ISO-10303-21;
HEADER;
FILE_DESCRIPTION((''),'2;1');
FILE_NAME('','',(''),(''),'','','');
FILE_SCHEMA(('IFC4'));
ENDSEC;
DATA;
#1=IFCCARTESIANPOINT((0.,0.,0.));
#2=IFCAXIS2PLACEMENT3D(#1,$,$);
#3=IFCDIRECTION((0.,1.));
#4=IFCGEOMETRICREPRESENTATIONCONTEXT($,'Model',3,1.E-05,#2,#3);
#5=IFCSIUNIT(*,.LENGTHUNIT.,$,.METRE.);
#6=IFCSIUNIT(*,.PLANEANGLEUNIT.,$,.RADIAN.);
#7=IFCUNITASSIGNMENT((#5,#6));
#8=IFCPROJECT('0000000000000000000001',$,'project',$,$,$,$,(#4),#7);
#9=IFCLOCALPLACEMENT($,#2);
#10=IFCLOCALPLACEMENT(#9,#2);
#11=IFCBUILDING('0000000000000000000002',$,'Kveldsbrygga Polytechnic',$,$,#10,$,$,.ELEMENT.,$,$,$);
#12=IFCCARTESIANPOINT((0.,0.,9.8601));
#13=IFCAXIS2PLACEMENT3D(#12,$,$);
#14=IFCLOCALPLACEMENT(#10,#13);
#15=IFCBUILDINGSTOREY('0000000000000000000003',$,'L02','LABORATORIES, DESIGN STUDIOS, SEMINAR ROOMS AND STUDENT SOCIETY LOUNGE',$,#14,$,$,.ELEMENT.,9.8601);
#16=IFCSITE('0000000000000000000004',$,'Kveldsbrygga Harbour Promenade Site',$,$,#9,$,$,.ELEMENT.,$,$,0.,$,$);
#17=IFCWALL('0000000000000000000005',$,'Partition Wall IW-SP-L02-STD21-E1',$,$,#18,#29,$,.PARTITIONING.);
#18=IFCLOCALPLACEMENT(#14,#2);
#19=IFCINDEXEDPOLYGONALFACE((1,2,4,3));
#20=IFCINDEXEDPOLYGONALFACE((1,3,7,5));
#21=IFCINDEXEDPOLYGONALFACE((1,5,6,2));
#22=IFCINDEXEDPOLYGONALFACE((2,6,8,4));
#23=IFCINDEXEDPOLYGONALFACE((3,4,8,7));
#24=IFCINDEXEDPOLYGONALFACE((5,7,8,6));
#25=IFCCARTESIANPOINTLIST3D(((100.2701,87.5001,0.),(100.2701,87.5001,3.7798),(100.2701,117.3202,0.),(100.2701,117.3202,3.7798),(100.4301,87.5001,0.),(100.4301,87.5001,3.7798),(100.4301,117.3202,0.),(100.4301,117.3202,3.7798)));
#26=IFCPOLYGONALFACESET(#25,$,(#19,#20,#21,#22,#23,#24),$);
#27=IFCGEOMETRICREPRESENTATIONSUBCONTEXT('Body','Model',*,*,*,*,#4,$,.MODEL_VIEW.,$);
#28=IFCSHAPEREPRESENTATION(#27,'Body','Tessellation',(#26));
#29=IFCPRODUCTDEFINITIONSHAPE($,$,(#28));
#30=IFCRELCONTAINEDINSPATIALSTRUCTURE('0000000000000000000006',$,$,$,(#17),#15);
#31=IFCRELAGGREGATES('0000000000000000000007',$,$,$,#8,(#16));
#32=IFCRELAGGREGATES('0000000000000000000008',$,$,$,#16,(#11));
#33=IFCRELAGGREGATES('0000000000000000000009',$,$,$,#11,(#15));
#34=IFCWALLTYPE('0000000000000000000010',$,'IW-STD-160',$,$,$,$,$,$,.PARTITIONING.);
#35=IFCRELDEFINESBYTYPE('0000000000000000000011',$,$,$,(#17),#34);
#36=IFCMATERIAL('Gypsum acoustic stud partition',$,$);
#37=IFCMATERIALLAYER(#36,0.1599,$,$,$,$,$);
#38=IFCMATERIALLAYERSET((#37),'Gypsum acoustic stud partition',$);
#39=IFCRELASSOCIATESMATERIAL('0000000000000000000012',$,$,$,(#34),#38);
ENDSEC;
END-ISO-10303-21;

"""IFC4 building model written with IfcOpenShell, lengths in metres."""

from ifc_helpers import new_model, si_unit, direction, frame, frame_2d, origin, place, context, subcontext, project, spatial, rectangle, extrude, material, layer, layer_set, type_object, element, save


model = new_model("IFC4")

# Units and contexts
model_context = context("Model", 3, precision=1e-05, world=origin(), true_north=direction((0.0, 1.0)))
body_context = subcontext(model_context, "Body", "Model", "MODEL_VIEW")
ifc_project = project(units=[si_unit("LENGTHUNIT", "METRE"), si_unit("PLANEANGLEUNIT", "RADIAN")], contexts=[model_context])

# Site, building, storey
site_placement = place(None, origin())
site = spatial("IfcSite", under=ifc_project, at=site_placement, Name="Kveldsbrygga Harbour Promenade Site", CompositionType="ELEMENT", RefElevation=0.0)
building_placement = place(site_placement, origin())
building = spatial("IfcBuilding", under=site, at=building_placement, Name="Kveldsbrygga Polytechnic", CompositionType="ELEMENT")
storey_placement = place(building_placement, frame((0.0, 0.0, 9.8601)))
storey = spatial("IfcBuildingStorey", under=building, at=storey_placement, Name="L02", Description="LABORATORIES, DESIGN STUDIOS, SEMINAR ROOMS AND STUDENT SOCIETY LOUNGE", CompositionType="ELEMENT", Elevation=9.8601)

# Wall
ifc_material_1 = material(Name="Gypsum acoustic stud partition")
ifc_layer_1 = layer(ifc_material_1, 0.1599)
ifc_layer_set_1 = layer_set([ifc_layer_1], Name="Gypsum acoustic stud partition")
wall_type = type_object("IfcWallType", Name="IW-STD-160", PredefinedType="PARTITIONING", material=ifc_layer_set_1)
wall_placement = place(storey_placement, frame((100.3501, 87.5, 0.0), z_axis=(0.0, 0.0, 1.0), x_axis=(0.0, 1.0, 0.0)))
element("IfcWall", 1, at=wall_placement, inside=storey, type_object=wall_type, Name="Partition Wall IW-SP-L02-STD21-E1", PredefinedType="PARTITIONING", context=body_context, shape_type="SweptSolid", body=[
    extrude(rectangle(XDim=29.8201, YDim=0.1599, at=frame_2d((14.9102, 0.0))), origin(), (0.0, 0.0, 1.0), 3.7798),
])

save(model, "model.ifc")
